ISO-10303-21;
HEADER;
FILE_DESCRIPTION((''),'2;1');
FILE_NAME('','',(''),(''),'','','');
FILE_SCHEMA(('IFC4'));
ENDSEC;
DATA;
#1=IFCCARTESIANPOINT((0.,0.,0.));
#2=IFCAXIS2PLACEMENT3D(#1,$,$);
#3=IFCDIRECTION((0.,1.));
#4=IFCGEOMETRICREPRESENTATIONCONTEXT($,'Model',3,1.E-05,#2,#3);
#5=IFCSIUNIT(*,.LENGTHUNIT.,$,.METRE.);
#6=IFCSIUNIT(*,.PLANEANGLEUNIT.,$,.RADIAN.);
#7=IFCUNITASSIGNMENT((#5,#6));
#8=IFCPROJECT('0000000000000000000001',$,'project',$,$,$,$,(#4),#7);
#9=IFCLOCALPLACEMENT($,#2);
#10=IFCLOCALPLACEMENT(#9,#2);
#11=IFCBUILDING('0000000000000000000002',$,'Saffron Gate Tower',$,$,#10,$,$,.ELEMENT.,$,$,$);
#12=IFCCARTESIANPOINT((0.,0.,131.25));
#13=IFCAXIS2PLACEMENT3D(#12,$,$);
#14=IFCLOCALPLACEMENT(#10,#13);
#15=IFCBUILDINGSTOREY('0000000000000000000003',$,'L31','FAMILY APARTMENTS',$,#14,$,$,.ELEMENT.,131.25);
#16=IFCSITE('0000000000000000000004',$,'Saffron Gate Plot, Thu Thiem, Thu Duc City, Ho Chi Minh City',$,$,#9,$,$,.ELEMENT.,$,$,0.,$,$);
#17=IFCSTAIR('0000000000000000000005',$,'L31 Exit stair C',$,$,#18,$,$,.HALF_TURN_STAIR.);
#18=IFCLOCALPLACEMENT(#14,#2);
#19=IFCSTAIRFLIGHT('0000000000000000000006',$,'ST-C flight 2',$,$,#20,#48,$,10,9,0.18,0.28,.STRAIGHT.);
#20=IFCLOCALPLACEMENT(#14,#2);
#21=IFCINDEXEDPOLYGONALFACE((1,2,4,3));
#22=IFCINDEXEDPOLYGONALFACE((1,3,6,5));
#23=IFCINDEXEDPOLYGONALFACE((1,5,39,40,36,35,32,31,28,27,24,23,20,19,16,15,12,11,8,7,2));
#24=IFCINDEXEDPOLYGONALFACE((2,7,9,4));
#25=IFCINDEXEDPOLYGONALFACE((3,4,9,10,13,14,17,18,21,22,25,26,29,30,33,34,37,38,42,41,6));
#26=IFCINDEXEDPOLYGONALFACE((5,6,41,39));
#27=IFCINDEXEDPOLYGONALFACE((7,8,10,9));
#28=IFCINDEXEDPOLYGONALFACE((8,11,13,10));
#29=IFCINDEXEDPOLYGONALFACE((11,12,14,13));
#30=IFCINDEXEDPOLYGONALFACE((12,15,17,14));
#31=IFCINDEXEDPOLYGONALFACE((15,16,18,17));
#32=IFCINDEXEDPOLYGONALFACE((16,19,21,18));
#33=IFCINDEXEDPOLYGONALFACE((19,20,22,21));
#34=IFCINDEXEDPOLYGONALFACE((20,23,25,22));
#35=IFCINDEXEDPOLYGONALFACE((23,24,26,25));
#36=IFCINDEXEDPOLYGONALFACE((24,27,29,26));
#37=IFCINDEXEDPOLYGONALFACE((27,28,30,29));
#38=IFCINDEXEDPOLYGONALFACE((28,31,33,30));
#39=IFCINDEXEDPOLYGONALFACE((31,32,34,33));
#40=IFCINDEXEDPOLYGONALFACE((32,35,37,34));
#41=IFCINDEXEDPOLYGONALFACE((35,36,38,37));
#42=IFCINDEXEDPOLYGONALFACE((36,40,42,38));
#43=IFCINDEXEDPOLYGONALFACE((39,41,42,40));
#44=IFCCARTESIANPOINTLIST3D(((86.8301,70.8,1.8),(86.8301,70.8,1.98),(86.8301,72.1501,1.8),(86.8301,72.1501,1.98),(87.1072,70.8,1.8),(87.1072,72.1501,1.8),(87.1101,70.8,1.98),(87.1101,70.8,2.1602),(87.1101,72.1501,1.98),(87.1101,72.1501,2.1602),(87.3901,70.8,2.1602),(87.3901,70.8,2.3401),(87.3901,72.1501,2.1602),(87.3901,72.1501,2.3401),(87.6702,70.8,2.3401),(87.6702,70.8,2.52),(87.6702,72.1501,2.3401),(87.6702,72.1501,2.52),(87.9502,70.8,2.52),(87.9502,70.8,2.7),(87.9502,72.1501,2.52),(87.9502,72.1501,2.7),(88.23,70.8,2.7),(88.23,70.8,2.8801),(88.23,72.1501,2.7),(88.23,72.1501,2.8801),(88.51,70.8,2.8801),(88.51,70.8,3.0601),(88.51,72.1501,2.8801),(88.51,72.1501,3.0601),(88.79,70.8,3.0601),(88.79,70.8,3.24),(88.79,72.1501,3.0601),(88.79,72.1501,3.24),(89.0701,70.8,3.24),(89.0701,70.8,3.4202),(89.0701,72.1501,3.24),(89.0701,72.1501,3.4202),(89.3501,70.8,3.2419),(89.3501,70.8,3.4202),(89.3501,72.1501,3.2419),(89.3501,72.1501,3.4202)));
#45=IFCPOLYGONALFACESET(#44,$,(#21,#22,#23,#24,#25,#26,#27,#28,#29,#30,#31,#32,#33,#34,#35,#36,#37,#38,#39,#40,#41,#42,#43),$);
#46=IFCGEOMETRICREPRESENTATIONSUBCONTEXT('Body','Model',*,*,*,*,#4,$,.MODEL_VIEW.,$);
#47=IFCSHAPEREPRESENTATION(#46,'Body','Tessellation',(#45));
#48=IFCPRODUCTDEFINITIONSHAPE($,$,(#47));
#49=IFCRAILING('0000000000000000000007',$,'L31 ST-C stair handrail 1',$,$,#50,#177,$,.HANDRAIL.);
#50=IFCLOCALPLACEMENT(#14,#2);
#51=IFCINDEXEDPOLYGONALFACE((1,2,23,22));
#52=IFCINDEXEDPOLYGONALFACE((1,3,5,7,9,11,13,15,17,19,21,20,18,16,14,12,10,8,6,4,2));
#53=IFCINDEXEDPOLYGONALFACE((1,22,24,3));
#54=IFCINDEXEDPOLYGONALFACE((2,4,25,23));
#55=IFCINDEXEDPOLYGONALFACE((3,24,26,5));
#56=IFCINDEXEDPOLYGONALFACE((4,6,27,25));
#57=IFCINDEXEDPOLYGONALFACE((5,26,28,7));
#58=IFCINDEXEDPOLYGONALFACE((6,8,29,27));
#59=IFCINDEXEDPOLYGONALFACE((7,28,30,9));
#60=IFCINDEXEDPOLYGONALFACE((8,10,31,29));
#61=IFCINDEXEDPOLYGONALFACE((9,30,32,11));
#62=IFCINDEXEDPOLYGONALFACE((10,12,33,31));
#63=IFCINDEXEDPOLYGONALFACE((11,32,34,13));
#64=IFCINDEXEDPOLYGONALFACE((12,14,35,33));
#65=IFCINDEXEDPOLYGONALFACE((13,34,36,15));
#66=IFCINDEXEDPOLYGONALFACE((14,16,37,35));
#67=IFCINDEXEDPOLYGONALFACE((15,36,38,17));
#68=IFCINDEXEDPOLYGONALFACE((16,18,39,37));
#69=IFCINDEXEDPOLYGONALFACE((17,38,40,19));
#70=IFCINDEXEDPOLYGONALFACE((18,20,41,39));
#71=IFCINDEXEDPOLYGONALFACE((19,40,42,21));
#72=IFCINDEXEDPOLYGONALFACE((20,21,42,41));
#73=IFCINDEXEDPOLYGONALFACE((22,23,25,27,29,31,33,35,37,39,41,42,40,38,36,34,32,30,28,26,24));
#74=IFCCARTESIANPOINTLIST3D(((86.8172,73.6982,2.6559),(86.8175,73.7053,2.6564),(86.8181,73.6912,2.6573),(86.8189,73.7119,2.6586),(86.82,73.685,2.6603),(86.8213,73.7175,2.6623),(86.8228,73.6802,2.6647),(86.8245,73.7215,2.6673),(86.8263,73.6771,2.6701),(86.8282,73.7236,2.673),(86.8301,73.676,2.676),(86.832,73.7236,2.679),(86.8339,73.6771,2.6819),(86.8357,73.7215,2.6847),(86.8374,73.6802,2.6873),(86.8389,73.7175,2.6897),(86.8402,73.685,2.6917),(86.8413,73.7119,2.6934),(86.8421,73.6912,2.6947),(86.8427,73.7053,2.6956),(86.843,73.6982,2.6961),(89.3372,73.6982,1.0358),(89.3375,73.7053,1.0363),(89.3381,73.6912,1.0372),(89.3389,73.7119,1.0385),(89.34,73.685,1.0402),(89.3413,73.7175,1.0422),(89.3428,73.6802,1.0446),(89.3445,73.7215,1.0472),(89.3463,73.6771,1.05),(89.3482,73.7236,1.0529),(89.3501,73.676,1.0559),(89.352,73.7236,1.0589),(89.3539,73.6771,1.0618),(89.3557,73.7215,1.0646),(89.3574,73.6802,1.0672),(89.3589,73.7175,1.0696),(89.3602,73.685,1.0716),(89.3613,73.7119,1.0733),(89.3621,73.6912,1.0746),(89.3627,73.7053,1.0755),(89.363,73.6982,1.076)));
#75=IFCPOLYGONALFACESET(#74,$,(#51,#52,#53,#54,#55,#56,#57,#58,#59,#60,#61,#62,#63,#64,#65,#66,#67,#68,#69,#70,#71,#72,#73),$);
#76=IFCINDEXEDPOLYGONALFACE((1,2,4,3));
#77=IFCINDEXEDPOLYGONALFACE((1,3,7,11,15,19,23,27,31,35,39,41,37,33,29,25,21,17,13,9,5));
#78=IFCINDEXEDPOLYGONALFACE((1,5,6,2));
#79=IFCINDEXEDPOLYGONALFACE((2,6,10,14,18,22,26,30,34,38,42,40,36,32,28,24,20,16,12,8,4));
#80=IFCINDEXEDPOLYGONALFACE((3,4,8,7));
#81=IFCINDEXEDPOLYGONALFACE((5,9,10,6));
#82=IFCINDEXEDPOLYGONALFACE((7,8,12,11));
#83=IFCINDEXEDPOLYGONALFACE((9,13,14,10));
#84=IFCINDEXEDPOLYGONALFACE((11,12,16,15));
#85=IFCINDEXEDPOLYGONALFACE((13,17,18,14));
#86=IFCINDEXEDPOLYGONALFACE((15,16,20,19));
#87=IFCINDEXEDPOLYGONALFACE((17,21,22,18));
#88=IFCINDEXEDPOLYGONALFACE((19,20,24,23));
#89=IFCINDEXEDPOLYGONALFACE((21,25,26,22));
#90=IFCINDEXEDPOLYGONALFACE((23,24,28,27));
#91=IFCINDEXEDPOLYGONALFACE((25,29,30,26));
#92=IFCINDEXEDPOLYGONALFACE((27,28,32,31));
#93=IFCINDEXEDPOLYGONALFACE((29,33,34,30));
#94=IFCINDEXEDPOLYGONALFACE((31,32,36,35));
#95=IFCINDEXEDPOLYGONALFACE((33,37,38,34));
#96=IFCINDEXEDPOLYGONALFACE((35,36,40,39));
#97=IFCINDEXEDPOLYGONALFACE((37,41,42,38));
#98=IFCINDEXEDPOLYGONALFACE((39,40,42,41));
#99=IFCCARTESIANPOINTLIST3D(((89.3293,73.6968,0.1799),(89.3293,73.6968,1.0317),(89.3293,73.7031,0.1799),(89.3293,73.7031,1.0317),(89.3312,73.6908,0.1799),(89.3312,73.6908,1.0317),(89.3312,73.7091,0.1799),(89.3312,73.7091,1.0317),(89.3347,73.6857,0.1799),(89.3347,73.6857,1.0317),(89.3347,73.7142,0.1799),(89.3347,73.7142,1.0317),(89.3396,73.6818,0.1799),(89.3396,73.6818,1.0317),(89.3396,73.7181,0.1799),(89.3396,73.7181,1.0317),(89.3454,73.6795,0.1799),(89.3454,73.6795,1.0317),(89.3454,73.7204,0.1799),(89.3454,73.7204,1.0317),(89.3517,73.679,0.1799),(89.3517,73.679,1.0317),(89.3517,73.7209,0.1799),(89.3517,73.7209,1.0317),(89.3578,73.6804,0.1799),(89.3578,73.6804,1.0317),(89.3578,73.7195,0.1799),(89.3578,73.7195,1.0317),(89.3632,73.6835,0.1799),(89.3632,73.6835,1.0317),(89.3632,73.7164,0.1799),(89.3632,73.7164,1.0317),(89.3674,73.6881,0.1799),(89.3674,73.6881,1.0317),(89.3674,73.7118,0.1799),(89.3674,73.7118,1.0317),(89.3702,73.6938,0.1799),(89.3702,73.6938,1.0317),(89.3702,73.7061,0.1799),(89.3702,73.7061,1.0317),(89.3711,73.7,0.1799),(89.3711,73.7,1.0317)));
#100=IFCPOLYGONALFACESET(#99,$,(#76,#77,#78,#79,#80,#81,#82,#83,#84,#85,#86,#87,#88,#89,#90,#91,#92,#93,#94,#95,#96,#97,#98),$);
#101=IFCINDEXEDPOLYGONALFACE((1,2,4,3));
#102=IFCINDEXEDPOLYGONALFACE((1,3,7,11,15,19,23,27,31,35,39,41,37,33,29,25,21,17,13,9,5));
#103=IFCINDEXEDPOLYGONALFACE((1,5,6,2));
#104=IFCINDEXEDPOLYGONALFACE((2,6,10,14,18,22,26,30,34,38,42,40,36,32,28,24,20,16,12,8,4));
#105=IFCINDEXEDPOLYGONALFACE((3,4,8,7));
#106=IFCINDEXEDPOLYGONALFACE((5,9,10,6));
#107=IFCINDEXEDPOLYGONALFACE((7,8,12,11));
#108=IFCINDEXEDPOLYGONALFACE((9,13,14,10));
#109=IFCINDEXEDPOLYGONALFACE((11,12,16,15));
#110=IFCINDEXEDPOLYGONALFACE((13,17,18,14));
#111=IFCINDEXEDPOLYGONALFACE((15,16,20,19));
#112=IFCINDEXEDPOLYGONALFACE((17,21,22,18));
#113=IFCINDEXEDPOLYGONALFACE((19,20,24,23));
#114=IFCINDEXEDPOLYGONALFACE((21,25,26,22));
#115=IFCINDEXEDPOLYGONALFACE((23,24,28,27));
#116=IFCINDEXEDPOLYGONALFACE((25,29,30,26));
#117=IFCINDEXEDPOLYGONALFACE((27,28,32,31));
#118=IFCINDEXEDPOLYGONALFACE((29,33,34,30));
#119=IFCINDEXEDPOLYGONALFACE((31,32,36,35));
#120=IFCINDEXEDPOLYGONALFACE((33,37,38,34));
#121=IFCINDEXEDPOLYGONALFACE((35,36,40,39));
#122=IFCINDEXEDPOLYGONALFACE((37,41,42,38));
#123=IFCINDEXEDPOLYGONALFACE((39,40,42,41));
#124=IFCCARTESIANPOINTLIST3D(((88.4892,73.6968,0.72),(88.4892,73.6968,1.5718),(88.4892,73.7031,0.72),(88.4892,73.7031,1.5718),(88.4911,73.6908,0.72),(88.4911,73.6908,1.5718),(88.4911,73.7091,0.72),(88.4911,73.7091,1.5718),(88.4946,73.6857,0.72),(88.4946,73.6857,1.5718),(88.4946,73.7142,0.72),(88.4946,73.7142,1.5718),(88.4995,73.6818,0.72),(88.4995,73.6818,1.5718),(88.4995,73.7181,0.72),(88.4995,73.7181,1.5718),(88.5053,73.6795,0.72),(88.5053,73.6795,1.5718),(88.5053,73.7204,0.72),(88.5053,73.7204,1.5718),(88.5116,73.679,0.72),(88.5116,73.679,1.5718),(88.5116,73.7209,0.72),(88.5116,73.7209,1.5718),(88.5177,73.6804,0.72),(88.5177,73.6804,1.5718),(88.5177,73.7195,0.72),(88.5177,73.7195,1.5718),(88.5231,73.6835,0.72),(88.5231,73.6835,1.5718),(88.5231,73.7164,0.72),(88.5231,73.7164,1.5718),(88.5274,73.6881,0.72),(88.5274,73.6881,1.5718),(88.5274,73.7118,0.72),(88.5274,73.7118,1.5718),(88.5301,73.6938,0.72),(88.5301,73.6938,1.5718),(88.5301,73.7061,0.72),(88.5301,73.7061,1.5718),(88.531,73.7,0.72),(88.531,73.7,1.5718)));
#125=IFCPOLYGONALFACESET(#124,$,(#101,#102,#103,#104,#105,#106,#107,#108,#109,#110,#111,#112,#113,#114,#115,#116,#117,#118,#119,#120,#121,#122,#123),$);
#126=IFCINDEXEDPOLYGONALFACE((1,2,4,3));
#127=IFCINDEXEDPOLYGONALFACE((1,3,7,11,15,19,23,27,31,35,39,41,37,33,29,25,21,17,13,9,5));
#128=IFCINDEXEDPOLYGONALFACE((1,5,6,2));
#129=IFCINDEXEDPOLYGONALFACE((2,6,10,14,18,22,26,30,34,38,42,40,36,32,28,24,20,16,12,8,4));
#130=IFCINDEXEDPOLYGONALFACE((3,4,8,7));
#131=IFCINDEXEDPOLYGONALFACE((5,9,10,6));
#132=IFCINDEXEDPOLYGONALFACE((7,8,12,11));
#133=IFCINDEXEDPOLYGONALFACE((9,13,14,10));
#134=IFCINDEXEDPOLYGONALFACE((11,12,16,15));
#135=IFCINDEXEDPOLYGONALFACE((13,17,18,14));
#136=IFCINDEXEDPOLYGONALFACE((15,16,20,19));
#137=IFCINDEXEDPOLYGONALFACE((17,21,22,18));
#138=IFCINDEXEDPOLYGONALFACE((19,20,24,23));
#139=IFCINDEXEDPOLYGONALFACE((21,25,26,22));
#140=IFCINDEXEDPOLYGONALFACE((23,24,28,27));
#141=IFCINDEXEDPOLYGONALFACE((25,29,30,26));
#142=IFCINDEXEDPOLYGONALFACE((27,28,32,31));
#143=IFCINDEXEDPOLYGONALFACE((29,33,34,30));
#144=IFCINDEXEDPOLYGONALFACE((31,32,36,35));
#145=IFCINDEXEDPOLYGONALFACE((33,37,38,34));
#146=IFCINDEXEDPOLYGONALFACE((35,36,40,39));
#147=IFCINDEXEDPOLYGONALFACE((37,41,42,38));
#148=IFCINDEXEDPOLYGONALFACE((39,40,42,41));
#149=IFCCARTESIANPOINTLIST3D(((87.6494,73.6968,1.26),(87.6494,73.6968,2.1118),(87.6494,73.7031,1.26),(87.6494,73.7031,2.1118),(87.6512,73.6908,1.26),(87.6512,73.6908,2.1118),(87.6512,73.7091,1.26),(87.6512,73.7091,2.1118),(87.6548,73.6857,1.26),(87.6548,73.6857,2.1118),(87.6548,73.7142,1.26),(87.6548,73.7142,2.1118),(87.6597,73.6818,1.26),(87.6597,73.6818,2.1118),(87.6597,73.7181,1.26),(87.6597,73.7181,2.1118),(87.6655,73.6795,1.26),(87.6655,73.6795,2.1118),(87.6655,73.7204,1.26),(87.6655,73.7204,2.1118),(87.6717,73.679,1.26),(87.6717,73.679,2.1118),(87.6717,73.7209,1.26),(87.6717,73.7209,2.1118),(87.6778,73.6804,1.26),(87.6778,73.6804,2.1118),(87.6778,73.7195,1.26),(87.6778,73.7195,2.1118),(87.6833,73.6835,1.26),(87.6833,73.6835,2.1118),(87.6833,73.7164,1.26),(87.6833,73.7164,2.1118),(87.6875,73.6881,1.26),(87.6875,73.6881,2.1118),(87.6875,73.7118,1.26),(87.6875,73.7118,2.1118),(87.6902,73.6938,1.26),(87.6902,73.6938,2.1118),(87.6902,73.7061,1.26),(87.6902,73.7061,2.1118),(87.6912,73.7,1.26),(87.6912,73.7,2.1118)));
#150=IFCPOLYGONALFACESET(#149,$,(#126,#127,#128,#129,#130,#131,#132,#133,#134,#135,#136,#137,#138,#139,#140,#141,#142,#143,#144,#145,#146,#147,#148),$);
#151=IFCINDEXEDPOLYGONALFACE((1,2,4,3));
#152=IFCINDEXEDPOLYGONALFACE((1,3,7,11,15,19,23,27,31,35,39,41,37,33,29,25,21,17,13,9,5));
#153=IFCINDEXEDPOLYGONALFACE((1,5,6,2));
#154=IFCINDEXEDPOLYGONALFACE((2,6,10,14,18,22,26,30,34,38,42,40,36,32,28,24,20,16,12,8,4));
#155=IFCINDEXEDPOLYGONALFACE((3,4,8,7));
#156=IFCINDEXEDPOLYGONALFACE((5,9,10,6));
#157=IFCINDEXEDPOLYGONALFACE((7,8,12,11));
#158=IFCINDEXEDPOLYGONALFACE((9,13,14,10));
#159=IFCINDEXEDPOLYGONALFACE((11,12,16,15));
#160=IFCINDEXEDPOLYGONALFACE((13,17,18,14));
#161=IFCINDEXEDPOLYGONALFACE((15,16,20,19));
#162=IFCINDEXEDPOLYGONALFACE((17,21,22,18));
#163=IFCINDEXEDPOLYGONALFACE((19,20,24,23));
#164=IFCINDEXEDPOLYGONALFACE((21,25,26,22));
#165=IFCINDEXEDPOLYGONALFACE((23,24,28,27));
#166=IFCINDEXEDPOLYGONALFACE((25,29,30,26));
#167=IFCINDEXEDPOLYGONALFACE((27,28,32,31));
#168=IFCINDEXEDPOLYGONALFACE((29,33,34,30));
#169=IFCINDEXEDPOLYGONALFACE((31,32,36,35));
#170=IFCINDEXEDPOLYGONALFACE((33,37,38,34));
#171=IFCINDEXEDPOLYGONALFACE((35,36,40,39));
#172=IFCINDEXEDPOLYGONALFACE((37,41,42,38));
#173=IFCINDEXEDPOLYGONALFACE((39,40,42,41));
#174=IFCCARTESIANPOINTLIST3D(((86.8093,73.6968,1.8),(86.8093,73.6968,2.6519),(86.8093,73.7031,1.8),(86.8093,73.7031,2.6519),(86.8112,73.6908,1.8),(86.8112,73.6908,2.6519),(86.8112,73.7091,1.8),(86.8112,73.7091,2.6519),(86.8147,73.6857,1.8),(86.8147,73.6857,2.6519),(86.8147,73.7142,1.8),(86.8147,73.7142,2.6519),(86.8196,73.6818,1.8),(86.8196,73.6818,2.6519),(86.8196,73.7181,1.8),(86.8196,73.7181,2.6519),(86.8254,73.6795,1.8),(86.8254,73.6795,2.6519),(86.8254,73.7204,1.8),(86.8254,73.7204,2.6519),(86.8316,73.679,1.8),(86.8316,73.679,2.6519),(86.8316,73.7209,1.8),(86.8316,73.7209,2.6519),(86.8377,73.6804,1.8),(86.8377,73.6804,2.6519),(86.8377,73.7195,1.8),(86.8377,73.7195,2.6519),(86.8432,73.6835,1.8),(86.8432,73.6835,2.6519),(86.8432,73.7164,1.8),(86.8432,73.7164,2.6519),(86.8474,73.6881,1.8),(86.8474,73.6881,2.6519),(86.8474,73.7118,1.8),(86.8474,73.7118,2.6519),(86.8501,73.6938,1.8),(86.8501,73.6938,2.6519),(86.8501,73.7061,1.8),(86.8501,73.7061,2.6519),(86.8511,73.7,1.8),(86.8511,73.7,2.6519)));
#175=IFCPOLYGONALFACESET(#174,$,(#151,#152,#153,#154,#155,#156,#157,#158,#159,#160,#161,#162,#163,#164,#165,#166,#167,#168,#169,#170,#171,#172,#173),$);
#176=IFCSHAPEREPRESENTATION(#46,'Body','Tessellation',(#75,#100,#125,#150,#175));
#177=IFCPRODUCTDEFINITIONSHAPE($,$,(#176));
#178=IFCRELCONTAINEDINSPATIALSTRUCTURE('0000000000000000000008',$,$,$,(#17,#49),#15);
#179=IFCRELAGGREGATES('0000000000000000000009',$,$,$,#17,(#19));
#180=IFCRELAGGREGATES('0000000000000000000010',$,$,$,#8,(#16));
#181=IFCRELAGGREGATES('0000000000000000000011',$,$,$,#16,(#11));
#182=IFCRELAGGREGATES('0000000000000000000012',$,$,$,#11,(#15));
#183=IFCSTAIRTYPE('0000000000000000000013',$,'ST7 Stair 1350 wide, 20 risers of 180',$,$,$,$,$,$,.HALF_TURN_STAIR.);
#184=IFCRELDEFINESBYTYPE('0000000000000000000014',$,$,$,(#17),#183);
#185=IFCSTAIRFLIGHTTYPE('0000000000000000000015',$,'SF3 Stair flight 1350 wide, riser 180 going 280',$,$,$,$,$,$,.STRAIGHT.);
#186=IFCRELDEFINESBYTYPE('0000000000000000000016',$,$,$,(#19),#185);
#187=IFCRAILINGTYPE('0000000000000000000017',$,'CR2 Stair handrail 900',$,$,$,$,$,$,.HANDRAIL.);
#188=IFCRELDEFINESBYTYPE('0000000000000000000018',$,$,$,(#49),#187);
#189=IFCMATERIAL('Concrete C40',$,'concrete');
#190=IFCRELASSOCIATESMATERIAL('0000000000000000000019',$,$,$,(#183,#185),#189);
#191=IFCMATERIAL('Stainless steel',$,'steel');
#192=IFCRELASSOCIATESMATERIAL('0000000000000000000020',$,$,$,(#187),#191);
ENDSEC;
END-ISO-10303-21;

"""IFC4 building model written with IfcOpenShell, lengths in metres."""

from ifc_helpers import new_model, si_unit, direction, frame, origin, origin_2d, place, context, subcontext, project, spatial, polyline, circle, outline, extrude, material, type_object, element, aggregate, save


model = new_model("IFC4")

# Units and contexts
model_context = context("Model", 3, precision=1e-05, world=origin(), true_north=direction((0.0, 1.0)))
body_context = subcontext(model_context, "Body", "Model", "MODEL_VIEW")
ifc_project = project(units=[si_unit("LENGTHUNIT", "METRE"), si_unit("PLANEANGLEUNIT", "RADIAN")], contexts=[model_context])

# Site, building, storey
site_placement = place(None, origin())
site = spatial("IfcSite", under=ifc_project, at=site_placement, Name="Saffron Gate Plot, Thu Thiem, Thu Duc City, Ho Chi Minh City", CompositionType="ELEMENT", RefElevation=0.0)
building_placement = place(site_placement, origin())
building = spatial("IfcBuilding", under=site, at=building_placement, Name="Saffron Gate Tower", CompositionType="ELEMENT")
storey_placement = place(building_placement, frame((0.0, 0.0, 131.25)))
storey = spatial("IfcBuildingStorey", under=building, at=storey_placement, Name="L31", Description="FAMILY APARTMENTS", CompositionType="ELEMENT", Elevation=131.25)

# Stair, stair flight
ifc_material_1 = material(Name="Concrete C40", Category="concrete")
stair_type = type_object("IfcStairType", Name="ST7 Stair 1350 wide, 20 risers of 180", PredefinedType="HALF_TURN_STAIR", material=ifc_material_1)
stair_placement = place(storey_placement, origin())
stair = element("IfcStair", 1, at=stair_placement, inside=storey, type_object=stair_type, Name="L31 Exit stair C", PredefinedType="HALF_TURN_STAIR")
stair_flight_type = type_object("IfcStairFlightType", Name="SF3 Stair flight 1350 wide, riser 180 going 280", PredefinedType="STRAIGHT", material=ifc_material_1)
stair_flight_1_placement = place(storey_placement, frame((86.8301, 71.4751, 1.8), z_axis=(0.0, 0.0, 1.0), x_axis=(1.0, 0.0, 0.0)))
stair_flight_1 = element("IfcStairFlight", 2, at=stair_flight_1_placement, type_object=stair_flight_type, Name="ST-C flight 2", NumberOfRisers=10, NumberOfTreads=9, PredefinedType="STRAIGHT", RiserHeight=0.18, TreadLength=0.28, context=body_context, shape_type="SweptSolid", body=[
    extrude(outline(polyline([(0.0, 0.0), (0.0, 0.1799), (0.28, 0.1799), (0.28, 0.3601), (0.5601, 0.3601), (0.5601, 0.54), (0.8401, 0.54), (0.8401, 0.72), (1.1201, 0.72), (1.1201, 0.8999), (1.3999, 0.8999), (1.3999, 1.0801), (1.6799, 1.0801), (1.6799, 1.26), (1.96, 1.26), (1.96, 1.4399), (2.24, 1.4399), (2.24, 1.6201), (2.52, 1.6201), (2.52, 1.8), (2.52, 1.4419), (0.2771, 0.0), (0.0, 0.0)])), frame((0.0, 0.675, 0.0), z_axis=(0.0, -1.0, 0.0), x_axis=(1.0, 0.0, 0.0)), (0.0, 0.0, 1.0), 1.3501),
])
aggregate(stair, [stair_flight_1])

# Railing
ifc_material_2 = material(Name="Stainless steel", Category="steel")
railing_type_1 = type_object("IfcRailingType", Name="CR2 Stair handrail 900", PredefinedType="HANDRAIL", material=ifc_material_2)
railing_1_placement = place(storey_placement, frame((89.3501, 73.7, 0.1799)))
element("IfcRailing", 3, at=railing_1_placement, inside=storey, type_object=railing_type_1, Name="L31 ST-C stair handrail 1", PredefinedType="HANDRAIL", context=body_context, shape_type="SweptSolid", body=[
    extrude(circle(Radius=0.0239, at=origin_2d()), frame((0.0, 0.0, 0.876), z_axis=(-0.841163, 0.0, 0.540782), x_axis=(0.0, -1.0, 0.0)), (0.0, 0.0, 1.0), 2.9958),
    extrude(circle(Radius=0.021, at=origin_2d()), origin(), (0.0, 0.0, 1.0), 0.8518),
    extrude(circle(Radius=0.021, at=origin_2d()), frame((-0.8401, 0.0, 0.54)), (0.0, 0.0, 1.0), 0.8518),
    extrude(circle(Radius=0.021, at=origin_2d()), frame((-1.6799, 0.0, 1.0801)), (0.0, 0.0, 1.0), 0.8518),
    extrude(circle(Radius=0.021, at=origin_2d()), frame((-2.52, 0.0, 1.6201)), (0.0, 0.0, 1.0), 0.8518),
])

save(model, "model.ifc")
